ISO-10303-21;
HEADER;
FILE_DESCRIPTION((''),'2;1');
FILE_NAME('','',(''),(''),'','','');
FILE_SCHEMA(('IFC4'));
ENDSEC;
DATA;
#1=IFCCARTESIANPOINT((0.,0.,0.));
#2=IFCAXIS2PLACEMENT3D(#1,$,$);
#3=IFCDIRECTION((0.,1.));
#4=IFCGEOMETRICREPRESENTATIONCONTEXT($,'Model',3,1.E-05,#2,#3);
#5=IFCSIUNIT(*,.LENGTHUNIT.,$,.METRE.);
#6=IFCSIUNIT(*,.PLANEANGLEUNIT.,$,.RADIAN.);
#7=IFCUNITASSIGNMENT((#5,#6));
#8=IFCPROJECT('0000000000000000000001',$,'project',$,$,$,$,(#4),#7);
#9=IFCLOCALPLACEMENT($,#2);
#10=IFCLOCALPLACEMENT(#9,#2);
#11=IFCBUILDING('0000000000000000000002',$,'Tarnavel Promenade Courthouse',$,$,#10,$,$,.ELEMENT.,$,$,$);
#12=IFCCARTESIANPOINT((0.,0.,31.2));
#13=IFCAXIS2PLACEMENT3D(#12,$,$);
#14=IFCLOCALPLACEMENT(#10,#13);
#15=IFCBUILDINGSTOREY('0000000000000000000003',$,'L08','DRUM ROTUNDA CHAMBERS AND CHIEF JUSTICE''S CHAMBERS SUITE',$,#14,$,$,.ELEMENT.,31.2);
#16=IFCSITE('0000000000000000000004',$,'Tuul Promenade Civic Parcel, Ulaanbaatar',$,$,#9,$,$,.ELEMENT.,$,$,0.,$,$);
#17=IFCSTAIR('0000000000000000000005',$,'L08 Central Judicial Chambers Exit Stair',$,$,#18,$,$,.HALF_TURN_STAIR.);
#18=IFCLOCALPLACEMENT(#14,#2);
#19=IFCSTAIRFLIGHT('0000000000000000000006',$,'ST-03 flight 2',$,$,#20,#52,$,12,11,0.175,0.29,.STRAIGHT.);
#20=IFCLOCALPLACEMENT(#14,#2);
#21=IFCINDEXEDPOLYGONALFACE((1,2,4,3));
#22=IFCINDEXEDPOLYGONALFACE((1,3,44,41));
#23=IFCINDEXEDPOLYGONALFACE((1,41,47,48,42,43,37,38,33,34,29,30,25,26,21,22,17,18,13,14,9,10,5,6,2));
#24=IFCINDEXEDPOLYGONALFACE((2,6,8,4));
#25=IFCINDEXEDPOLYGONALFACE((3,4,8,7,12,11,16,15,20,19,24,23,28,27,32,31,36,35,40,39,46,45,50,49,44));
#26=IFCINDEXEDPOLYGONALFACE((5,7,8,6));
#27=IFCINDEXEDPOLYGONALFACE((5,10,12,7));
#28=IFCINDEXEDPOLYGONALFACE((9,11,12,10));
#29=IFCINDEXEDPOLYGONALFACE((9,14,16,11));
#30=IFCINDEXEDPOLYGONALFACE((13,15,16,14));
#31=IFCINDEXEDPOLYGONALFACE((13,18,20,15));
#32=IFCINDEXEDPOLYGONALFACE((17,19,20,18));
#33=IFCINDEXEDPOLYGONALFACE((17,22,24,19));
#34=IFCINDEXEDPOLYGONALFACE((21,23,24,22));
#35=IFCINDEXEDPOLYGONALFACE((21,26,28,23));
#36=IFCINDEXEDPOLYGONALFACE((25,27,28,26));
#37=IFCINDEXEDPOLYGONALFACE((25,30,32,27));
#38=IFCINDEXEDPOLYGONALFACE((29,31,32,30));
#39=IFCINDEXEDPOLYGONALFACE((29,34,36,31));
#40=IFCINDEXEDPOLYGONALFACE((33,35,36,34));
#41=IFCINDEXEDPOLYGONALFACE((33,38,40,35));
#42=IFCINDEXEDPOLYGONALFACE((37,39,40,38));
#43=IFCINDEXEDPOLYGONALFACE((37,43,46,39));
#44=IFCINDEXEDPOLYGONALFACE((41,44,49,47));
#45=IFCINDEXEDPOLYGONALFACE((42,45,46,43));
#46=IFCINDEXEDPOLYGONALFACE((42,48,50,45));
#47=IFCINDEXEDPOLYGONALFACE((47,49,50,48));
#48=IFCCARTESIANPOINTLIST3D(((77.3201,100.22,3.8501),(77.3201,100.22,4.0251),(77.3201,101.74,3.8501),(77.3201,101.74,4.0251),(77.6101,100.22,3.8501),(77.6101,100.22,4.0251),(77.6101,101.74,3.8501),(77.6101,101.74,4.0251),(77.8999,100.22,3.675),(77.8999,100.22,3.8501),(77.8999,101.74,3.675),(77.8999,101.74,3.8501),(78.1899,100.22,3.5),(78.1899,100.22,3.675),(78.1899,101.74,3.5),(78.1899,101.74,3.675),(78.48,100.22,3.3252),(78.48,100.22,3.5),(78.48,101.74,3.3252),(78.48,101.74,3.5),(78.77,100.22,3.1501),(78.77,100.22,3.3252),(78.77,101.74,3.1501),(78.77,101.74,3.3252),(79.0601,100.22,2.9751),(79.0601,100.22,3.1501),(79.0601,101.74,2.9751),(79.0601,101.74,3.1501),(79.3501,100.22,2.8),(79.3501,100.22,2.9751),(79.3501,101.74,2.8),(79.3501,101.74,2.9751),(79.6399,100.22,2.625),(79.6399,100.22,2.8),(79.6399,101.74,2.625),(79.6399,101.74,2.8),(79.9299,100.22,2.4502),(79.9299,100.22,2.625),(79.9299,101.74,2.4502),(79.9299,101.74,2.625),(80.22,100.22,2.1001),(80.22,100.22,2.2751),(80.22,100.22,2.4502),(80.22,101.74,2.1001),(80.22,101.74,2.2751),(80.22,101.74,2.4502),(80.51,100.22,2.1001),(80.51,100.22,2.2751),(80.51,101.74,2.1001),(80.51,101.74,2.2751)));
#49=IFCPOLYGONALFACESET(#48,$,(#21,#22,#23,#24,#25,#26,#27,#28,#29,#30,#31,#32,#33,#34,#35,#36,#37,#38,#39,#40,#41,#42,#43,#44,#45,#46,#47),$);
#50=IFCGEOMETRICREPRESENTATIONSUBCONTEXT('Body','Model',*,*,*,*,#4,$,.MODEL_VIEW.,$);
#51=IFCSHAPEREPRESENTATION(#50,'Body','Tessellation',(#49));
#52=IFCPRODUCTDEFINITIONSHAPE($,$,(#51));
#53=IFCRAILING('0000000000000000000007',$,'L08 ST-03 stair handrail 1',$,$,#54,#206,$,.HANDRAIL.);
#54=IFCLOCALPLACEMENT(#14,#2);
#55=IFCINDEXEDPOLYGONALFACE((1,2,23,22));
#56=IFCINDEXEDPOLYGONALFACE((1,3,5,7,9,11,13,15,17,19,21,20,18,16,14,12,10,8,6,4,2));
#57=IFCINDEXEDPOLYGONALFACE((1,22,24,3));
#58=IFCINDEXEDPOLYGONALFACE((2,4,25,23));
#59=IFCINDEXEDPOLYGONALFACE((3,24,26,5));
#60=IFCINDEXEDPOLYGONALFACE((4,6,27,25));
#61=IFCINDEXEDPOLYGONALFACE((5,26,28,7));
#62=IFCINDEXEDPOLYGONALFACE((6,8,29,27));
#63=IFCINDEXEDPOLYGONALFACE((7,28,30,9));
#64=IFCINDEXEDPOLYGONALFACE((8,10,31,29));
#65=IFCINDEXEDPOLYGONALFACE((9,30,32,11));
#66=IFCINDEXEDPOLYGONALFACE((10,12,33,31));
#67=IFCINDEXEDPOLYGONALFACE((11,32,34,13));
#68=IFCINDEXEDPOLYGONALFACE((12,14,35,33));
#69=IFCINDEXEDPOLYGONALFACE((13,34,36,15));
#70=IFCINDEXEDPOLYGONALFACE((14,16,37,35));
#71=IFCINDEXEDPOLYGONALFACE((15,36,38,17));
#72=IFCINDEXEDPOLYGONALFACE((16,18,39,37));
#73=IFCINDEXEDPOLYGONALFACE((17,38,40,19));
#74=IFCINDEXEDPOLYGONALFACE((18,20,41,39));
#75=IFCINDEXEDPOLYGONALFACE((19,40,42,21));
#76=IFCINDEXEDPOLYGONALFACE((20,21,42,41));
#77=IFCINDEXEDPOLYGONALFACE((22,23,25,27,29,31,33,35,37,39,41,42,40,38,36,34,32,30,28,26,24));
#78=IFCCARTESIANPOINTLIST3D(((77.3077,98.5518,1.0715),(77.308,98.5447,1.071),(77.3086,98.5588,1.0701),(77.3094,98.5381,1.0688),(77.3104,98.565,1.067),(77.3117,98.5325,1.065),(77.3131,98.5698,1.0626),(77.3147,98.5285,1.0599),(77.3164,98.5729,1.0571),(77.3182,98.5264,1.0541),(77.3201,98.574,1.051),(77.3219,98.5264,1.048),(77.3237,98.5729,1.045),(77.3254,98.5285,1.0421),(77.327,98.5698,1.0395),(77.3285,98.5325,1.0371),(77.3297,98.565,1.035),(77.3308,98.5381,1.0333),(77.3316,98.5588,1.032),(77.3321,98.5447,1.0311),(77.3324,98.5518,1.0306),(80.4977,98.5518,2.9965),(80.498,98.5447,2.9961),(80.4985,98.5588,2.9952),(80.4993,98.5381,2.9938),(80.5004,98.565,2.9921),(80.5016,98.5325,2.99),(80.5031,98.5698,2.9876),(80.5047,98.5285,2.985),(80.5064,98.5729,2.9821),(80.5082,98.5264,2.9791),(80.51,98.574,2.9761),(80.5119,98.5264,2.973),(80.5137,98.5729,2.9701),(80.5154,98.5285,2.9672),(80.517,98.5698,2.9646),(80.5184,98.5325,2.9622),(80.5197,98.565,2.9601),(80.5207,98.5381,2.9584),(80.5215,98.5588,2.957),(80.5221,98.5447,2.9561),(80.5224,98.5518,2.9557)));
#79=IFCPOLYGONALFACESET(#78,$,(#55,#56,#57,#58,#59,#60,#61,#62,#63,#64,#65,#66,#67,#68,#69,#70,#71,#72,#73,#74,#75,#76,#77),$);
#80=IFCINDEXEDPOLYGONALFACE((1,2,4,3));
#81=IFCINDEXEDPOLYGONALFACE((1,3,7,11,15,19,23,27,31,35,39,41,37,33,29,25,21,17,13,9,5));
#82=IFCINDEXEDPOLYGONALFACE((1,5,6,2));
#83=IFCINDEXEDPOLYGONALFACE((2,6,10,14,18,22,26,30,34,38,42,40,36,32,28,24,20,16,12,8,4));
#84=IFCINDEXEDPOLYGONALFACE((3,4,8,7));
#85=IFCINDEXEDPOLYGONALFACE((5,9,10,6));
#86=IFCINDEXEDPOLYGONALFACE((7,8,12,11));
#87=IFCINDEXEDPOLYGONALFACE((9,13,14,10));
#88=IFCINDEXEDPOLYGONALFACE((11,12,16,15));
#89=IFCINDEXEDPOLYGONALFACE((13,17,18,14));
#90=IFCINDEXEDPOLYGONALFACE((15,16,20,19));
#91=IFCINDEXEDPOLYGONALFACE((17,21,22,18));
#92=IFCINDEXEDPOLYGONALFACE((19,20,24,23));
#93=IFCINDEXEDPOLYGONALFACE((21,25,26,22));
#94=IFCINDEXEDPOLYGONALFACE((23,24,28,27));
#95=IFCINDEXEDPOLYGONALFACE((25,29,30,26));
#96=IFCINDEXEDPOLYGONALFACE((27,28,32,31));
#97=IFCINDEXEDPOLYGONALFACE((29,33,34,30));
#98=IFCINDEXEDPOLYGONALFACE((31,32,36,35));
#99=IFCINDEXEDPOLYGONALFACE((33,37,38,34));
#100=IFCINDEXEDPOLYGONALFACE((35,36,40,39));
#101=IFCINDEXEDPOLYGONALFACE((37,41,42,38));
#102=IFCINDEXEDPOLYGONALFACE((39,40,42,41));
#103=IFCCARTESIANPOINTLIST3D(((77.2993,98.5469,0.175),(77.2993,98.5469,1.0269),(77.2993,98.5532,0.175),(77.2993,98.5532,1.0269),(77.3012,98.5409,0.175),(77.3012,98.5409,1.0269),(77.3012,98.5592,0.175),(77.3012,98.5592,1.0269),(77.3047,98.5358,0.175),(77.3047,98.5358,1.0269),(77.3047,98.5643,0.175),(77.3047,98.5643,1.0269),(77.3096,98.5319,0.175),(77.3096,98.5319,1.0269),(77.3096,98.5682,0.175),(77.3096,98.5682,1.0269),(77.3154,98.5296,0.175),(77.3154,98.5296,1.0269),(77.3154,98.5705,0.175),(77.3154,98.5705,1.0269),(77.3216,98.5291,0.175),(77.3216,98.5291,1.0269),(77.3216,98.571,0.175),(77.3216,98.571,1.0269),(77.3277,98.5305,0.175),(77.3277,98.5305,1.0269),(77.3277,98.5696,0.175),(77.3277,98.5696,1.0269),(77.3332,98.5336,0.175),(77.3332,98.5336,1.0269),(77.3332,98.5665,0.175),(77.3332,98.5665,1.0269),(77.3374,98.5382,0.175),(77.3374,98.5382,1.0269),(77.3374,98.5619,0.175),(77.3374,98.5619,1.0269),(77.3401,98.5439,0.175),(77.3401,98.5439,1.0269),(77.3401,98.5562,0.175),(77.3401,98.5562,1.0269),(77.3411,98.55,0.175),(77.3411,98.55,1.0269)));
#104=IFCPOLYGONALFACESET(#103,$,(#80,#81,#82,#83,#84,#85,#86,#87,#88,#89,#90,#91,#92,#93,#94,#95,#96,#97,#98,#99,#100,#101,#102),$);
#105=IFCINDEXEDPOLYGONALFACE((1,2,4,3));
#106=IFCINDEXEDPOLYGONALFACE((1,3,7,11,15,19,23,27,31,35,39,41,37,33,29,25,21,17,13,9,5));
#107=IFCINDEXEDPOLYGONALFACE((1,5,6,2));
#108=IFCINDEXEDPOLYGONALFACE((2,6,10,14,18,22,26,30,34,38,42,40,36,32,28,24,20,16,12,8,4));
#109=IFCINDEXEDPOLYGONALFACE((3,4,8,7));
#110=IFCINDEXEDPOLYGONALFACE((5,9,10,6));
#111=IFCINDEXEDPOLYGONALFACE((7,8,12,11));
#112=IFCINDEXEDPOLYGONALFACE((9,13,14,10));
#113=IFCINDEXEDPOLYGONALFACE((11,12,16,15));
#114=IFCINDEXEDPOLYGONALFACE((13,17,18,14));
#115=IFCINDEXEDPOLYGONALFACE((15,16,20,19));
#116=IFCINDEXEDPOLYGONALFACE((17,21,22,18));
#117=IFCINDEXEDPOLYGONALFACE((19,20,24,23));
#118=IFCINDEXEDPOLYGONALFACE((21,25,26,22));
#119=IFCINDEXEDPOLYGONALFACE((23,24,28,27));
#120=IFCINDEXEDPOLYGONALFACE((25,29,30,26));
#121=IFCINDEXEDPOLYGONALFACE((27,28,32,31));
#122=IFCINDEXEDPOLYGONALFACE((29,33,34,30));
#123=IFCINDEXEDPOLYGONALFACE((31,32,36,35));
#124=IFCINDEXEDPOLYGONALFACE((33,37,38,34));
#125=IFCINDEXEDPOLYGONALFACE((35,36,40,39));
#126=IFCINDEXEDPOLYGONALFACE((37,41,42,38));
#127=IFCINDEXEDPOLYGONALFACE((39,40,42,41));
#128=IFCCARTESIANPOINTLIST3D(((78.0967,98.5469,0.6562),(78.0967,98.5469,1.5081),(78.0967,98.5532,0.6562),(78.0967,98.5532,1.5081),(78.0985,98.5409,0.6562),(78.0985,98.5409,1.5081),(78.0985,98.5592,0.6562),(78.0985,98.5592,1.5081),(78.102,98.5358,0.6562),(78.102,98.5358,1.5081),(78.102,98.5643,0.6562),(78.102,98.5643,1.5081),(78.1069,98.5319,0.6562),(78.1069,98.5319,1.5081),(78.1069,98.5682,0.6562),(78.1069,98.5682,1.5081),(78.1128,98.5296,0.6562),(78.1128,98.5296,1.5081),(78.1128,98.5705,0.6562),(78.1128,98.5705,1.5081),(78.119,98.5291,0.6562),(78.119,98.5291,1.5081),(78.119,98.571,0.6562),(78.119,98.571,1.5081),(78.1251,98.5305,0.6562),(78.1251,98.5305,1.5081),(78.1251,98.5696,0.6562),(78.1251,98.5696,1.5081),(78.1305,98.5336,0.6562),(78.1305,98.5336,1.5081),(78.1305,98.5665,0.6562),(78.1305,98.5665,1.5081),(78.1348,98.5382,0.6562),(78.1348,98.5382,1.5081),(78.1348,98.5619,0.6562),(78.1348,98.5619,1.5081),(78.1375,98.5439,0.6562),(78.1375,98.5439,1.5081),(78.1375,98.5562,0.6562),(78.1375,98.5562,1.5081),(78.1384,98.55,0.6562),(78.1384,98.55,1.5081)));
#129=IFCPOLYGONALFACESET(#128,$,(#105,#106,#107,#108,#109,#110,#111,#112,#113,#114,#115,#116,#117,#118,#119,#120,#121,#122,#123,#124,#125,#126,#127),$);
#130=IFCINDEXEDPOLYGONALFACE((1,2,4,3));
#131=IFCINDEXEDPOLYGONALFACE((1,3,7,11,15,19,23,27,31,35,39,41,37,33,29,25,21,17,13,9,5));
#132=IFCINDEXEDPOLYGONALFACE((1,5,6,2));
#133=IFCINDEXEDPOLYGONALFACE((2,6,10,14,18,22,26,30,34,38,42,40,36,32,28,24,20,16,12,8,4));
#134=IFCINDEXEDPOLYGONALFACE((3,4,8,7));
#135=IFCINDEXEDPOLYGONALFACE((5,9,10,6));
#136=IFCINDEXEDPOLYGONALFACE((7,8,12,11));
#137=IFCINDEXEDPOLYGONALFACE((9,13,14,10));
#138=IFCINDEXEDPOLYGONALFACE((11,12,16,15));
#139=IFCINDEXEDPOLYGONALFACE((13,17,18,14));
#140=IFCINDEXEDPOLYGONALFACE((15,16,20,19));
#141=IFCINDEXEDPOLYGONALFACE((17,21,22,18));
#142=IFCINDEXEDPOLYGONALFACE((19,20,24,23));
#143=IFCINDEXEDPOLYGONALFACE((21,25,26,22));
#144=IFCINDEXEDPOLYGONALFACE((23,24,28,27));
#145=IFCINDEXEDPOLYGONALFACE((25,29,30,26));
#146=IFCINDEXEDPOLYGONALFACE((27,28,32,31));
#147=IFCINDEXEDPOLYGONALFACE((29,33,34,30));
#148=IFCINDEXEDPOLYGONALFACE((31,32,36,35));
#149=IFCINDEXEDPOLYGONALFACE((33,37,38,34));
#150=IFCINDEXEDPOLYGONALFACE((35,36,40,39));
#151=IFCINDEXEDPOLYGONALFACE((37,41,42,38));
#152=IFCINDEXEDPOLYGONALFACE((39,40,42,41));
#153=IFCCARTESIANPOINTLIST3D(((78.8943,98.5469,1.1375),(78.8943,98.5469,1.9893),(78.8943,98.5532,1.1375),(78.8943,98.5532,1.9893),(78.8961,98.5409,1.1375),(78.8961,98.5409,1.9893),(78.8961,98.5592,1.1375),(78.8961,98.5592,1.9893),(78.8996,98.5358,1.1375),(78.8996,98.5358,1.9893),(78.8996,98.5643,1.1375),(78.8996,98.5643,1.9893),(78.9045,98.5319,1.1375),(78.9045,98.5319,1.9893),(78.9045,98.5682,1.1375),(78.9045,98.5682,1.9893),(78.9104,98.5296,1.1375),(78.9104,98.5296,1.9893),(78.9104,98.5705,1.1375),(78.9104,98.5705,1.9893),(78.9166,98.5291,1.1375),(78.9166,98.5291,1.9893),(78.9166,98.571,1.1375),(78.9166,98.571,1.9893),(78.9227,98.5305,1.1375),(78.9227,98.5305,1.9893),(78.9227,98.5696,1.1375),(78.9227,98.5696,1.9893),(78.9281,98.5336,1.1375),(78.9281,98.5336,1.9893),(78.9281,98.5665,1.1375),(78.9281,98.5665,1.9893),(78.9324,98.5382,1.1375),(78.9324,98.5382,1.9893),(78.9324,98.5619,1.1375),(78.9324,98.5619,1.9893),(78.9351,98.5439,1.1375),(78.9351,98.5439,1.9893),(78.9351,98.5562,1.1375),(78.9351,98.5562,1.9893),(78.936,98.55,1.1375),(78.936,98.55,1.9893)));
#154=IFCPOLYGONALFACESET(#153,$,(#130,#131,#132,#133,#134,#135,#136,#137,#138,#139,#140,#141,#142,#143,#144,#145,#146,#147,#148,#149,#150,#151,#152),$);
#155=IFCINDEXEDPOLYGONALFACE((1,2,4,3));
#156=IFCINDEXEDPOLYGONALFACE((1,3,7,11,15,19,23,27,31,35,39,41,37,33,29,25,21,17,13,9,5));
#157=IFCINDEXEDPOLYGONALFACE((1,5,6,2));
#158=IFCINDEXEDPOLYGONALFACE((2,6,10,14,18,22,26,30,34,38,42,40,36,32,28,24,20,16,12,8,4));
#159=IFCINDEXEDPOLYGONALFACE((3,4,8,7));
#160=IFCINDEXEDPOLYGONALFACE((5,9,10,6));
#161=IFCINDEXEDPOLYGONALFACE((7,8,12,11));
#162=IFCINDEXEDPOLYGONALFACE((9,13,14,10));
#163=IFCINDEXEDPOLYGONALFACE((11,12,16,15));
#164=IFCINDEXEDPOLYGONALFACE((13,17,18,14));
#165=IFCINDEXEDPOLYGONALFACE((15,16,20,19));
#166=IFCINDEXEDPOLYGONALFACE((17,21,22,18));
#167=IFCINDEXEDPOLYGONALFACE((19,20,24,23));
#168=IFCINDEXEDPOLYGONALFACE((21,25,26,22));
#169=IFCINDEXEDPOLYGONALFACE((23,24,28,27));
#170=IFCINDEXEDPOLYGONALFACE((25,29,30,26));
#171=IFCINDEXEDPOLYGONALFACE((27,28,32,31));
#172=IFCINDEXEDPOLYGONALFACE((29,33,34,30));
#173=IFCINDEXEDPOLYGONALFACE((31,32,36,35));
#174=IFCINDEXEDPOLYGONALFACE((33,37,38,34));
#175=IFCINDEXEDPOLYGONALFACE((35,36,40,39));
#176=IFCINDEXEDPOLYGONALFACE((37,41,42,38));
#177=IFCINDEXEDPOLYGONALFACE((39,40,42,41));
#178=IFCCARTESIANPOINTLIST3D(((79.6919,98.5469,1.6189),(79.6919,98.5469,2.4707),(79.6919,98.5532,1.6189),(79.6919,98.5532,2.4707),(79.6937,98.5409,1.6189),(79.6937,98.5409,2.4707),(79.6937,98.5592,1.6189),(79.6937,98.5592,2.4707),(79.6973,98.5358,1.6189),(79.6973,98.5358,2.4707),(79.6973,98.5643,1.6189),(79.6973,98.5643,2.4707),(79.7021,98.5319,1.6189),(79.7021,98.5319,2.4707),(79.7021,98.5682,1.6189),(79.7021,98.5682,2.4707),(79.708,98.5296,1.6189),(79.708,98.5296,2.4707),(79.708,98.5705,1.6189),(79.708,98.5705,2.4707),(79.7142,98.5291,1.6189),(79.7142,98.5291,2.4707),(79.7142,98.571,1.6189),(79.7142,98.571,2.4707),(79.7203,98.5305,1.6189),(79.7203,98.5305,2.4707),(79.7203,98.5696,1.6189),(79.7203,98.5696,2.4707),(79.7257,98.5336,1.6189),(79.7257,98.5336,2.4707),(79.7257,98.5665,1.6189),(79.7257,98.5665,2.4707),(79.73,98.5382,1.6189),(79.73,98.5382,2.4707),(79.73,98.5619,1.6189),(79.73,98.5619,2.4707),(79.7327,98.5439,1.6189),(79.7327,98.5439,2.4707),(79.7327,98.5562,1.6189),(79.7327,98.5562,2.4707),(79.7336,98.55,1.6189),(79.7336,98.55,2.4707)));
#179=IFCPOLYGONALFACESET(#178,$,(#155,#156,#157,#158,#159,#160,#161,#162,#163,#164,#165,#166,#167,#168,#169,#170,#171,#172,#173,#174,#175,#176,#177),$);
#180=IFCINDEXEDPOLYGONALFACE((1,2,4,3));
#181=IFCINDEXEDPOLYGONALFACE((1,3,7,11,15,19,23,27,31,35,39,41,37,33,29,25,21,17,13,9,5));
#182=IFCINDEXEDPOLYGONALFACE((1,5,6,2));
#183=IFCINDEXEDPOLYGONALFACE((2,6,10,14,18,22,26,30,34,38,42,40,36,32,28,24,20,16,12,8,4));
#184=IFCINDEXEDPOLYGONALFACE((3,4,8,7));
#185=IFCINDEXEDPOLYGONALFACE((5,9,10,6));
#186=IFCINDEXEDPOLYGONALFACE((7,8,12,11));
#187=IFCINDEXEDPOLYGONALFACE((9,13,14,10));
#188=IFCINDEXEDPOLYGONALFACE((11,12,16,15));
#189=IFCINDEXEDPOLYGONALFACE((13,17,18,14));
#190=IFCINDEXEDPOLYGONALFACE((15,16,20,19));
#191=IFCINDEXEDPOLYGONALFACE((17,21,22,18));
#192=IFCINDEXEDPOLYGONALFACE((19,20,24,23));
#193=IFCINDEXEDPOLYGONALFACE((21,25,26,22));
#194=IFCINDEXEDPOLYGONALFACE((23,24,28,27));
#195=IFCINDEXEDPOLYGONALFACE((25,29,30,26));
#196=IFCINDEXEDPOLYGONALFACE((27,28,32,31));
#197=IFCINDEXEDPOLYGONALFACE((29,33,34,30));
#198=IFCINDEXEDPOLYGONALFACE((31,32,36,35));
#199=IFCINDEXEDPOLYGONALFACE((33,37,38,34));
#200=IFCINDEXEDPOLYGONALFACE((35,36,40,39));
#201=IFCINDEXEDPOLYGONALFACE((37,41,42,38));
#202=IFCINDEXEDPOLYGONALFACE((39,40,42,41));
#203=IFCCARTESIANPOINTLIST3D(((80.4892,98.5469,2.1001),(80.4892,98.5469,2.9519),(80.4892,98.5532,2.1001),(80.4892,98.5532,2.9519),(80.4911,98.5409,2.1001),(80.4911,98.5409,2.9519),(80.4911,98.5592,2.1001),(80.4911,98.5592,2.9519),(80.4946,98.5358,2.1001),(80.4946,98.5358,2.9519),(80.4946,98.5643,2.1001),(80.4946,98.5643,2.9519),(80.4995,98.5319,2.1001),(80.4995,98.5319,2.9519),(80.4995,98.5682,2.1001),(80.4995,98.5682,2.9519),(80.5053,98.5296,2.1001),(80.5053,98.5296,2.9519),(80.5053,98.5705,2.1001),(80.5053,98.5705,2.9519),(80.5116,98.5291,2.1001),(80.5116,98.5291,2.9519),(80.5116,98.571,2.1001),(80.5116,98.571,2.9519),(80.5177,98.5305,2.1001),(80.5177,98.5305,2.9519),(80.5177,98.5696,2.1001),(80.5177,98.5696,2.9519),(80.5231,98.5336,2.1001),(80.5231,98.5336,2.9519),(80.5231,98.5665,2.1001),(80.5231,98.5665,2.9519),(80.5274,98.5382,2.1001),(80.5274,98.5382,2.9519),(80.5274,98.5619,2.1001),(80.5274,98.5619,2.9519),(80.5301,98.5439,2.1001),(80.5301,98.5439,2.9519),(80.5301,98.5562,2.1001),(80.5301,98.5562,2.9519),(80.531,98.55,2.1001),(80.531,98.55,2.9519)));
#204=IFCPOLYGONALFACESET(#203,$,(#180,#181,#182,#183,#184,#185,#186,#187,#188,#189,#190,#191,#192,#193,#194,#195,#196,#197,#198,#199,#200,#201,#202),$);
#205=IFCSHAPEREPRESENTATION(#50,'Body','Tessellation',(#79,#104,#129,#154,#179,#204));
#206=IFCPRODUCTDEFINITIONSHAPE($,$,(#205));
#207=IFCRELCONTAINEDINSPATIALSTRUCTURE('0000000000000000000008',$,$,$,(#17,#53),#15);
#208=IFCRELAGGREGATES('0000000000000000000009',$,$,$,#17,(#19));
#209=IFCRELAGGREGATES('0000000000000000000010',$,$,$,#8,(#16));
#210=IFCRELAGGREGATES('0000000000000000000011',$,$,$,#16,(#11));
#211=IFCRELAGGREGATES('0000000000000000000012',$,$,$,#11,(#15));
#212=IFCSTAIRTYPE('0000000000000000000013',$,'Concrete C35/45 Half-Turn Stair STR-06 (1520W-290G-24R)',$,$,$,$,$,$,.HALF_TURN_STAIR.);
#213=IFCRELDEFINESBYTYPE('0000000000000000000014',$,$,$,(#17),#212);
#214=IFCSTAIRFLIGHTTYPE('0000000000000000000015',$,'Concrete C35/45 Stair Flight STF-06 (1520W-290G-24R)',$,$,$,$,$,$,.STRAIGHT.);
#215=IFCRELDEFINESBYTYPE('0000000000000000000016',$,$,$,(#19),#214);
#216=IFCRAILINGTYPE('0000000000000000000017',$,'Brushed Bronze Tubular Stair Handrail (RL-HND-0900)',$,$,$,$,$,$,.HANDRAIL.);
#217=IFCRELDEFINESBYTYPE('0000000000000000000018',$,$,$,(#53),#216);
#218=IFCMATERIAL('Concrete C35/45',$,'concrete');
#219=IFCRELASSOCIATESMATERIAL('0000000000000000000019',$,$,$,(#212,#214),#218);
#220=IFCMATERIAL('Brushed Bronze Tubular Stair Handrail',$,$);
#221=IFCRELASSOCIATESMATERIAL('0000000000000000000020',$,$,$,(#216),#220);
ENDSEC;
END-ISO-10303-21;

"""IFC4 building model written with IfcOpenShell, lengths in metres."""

from ifc_helpers import new_model, si_unit, direction, frame, origin, origin_2d, place, context, subcontext, project, spatial, polyline, circle, outline, extrude, material, type_object, element, aggregate, save


model = new_model("IFC4")

# Units and contexts
model_context = context("Model", 3, precision=1e-05, world=origin(), true_north=direction((0.0, 1.0)))
body_context = subcontext(model_context, "Body", "Model", "MODEL_VIEW")
ifc_project = project(units=[si_unit("LENGTHUNIT", "METRE"), si_unit("PLANEANGLEUNIT", "RADIAN")], contexts=[model_context])

# Site, building, storey
site_placement = place(None, origin())
site = spatial("IfcSite", under=ifc_project, at=site_placement, Name="Tuul Promenade Civic Parcel, Ulaanbaatar", CompositionType="ELEMENT", RefElevation=0.0)
building_placement = place(site_placement, origin())
building = spatial("IfcBuilding", under=site, at=building_placement, Name="Tarnavel Promenade Courthouse", CompositionType="ELEMENT")
storey_placement = place(building_placement, frame((0.0, 0.0, 31.2)))
storey = spatial("IfcBuildingStorey", under=building, at=storey_placement, Name="L08", Description="DRUM ROTUNDA CHAMBERS AND CHIEF JUSTICE'S CHAMBERS SUITE", CompositionType="ELEMENT", Elevation=31.2)

# Stair, stair flight
ifc_material_1 = material(Name="Concrete C35/45", Category="concrete")
stair_type = type_object("IfcStairType", Name="Concrete C35/45 Half-Turn Stair STR-06 (1520W-290G-24R)", PredefinedType="HALF_TURN_STAIR", material=ifc_material_1)
stair_placement = place(storey_placement, origin())
stair = element("IfcStair", 1, at=stair_placement, inside=storey, type_object=stair_type, Name="L08 Central Judicial Chambers Exit Stair", PredefinedType="HALF_TURN_STAIR")
stair_flight_type = type_object("IfcStairFlightType", Name="Concrete C35/45 Stair Flight STF-06 (1520W-290G-24R)", PredefinedType="STRAIGHT", material=ifc_material_1)
stair_flight_1_placement = place(storey_placement, frame((80.51, 100.98, 2.1001), z_axis=(0.0, 0.0, 1.0), x_axis=(-1.0, 0.0, 0.0)))
stair_flight_1 = element("IfcStairFlight", 2, at=stair_flight_1_placement, type_object=stair_flight_type, Name="ST-03 flight 2", NumberOfRisers=12, NumberOfTreads=11, PredefinedType="STRAIGHT", RiserHeight=0.175, TreadLength=0.29, context=body_context, shape_type="SweptSolid", body=[
    extrude(outline(polyline([(0.0, 0.0), (0.0, 0.175), (0.29, 0.175), (0.29, 0.3501), (0.5801, 0.3501), (0.5801, 0.5249), (0.8701, 0.5249), (0.8701, 0.7), (1.1599, 0.7), (1.1599, 0.875), (1.45, 0.875), (1.45, 1.05), (1.74, 1.05), (1.74, 1.2251), (2.03, 1.2251), (2.03, 1.3999), (2.3201, 1.3999), (2.3201, 1.575), (2.6101, 1.575), (2.6101, 1.75), (2.8999, 1.75), (2.8999, 1.925), (3.1899, 1.925), (3.1899, 2.1001), (3.1899, 1.75), (0.29, 0.0), (0.0, 0.0)])), frame((0.0, 0.76, 0.0), z_axis=(0.0, -1.0, 0.0), x_axis=(1.0, 0.0, 0.0)), (0.0, 0.0, 1.0), 1.52),
])
aggregate(stair, [stair_flight_1])

# Railing
ifc_material_2 = material(Name="Brushed Bronze Tubular Stair Handrail")
railing_type_1 = type_object("IfcRailingType", Name="Brushed Bronze Tubular Stair Handrail (RL-HND-0900)", PredefinedType="HANDRAIL", material=ifc_material_2)
railing_1_placement = place(storey_placement, frame((77.3201, 98.55, 0.175)))
element("IfcRailing", 3, at=railing_1_placement, inside=storey, type_object=railing_type_1, Name="L08 ST-03 stair handrail 1", PredefinedType="HANDRAIL", context=body_context, shape_type="SweptSolid", body=[
    extrude(circle(Radius=0.0239, at=origin_2d()), frame((0.0, 0.0, 0.876), z_axis=(0.856178, 0.0, 0.516682), x_axis=(0.0, 1.0, 0.0)), (0.0, 0.0, 1.0), 3.7258),
    extrude(circle(Radius=0.021, at=origin_2d()), origin(), (0.0, 0.0, 1.0), 0.8518),
    extrude(circle(Radius=0.021, at=origin_2d()), frame((0.7974, 0.0, 0.4812)), (0.0, 0.0, 1.0), 0.8518),
    extrude(circle(Radius=0.021, at=origin_2d()), frame((1.595, 0.0, 0.9624)), (0.0, 0.0, 1.0), 0.8518),
    extrude(circle(Radius=0.021, at=origin_2d()), frame((2.3926, 0.0, 1.4438)), (0.0, 0.0, 1.0), 0.8518),
    extrude(circle(Radius=0.021, at=origin_2d()), frame((3.1899, 0.0, 1.925)), (0.0, 0.0, 1.0), 0.8518),
])

save(model, "model.ifc")
